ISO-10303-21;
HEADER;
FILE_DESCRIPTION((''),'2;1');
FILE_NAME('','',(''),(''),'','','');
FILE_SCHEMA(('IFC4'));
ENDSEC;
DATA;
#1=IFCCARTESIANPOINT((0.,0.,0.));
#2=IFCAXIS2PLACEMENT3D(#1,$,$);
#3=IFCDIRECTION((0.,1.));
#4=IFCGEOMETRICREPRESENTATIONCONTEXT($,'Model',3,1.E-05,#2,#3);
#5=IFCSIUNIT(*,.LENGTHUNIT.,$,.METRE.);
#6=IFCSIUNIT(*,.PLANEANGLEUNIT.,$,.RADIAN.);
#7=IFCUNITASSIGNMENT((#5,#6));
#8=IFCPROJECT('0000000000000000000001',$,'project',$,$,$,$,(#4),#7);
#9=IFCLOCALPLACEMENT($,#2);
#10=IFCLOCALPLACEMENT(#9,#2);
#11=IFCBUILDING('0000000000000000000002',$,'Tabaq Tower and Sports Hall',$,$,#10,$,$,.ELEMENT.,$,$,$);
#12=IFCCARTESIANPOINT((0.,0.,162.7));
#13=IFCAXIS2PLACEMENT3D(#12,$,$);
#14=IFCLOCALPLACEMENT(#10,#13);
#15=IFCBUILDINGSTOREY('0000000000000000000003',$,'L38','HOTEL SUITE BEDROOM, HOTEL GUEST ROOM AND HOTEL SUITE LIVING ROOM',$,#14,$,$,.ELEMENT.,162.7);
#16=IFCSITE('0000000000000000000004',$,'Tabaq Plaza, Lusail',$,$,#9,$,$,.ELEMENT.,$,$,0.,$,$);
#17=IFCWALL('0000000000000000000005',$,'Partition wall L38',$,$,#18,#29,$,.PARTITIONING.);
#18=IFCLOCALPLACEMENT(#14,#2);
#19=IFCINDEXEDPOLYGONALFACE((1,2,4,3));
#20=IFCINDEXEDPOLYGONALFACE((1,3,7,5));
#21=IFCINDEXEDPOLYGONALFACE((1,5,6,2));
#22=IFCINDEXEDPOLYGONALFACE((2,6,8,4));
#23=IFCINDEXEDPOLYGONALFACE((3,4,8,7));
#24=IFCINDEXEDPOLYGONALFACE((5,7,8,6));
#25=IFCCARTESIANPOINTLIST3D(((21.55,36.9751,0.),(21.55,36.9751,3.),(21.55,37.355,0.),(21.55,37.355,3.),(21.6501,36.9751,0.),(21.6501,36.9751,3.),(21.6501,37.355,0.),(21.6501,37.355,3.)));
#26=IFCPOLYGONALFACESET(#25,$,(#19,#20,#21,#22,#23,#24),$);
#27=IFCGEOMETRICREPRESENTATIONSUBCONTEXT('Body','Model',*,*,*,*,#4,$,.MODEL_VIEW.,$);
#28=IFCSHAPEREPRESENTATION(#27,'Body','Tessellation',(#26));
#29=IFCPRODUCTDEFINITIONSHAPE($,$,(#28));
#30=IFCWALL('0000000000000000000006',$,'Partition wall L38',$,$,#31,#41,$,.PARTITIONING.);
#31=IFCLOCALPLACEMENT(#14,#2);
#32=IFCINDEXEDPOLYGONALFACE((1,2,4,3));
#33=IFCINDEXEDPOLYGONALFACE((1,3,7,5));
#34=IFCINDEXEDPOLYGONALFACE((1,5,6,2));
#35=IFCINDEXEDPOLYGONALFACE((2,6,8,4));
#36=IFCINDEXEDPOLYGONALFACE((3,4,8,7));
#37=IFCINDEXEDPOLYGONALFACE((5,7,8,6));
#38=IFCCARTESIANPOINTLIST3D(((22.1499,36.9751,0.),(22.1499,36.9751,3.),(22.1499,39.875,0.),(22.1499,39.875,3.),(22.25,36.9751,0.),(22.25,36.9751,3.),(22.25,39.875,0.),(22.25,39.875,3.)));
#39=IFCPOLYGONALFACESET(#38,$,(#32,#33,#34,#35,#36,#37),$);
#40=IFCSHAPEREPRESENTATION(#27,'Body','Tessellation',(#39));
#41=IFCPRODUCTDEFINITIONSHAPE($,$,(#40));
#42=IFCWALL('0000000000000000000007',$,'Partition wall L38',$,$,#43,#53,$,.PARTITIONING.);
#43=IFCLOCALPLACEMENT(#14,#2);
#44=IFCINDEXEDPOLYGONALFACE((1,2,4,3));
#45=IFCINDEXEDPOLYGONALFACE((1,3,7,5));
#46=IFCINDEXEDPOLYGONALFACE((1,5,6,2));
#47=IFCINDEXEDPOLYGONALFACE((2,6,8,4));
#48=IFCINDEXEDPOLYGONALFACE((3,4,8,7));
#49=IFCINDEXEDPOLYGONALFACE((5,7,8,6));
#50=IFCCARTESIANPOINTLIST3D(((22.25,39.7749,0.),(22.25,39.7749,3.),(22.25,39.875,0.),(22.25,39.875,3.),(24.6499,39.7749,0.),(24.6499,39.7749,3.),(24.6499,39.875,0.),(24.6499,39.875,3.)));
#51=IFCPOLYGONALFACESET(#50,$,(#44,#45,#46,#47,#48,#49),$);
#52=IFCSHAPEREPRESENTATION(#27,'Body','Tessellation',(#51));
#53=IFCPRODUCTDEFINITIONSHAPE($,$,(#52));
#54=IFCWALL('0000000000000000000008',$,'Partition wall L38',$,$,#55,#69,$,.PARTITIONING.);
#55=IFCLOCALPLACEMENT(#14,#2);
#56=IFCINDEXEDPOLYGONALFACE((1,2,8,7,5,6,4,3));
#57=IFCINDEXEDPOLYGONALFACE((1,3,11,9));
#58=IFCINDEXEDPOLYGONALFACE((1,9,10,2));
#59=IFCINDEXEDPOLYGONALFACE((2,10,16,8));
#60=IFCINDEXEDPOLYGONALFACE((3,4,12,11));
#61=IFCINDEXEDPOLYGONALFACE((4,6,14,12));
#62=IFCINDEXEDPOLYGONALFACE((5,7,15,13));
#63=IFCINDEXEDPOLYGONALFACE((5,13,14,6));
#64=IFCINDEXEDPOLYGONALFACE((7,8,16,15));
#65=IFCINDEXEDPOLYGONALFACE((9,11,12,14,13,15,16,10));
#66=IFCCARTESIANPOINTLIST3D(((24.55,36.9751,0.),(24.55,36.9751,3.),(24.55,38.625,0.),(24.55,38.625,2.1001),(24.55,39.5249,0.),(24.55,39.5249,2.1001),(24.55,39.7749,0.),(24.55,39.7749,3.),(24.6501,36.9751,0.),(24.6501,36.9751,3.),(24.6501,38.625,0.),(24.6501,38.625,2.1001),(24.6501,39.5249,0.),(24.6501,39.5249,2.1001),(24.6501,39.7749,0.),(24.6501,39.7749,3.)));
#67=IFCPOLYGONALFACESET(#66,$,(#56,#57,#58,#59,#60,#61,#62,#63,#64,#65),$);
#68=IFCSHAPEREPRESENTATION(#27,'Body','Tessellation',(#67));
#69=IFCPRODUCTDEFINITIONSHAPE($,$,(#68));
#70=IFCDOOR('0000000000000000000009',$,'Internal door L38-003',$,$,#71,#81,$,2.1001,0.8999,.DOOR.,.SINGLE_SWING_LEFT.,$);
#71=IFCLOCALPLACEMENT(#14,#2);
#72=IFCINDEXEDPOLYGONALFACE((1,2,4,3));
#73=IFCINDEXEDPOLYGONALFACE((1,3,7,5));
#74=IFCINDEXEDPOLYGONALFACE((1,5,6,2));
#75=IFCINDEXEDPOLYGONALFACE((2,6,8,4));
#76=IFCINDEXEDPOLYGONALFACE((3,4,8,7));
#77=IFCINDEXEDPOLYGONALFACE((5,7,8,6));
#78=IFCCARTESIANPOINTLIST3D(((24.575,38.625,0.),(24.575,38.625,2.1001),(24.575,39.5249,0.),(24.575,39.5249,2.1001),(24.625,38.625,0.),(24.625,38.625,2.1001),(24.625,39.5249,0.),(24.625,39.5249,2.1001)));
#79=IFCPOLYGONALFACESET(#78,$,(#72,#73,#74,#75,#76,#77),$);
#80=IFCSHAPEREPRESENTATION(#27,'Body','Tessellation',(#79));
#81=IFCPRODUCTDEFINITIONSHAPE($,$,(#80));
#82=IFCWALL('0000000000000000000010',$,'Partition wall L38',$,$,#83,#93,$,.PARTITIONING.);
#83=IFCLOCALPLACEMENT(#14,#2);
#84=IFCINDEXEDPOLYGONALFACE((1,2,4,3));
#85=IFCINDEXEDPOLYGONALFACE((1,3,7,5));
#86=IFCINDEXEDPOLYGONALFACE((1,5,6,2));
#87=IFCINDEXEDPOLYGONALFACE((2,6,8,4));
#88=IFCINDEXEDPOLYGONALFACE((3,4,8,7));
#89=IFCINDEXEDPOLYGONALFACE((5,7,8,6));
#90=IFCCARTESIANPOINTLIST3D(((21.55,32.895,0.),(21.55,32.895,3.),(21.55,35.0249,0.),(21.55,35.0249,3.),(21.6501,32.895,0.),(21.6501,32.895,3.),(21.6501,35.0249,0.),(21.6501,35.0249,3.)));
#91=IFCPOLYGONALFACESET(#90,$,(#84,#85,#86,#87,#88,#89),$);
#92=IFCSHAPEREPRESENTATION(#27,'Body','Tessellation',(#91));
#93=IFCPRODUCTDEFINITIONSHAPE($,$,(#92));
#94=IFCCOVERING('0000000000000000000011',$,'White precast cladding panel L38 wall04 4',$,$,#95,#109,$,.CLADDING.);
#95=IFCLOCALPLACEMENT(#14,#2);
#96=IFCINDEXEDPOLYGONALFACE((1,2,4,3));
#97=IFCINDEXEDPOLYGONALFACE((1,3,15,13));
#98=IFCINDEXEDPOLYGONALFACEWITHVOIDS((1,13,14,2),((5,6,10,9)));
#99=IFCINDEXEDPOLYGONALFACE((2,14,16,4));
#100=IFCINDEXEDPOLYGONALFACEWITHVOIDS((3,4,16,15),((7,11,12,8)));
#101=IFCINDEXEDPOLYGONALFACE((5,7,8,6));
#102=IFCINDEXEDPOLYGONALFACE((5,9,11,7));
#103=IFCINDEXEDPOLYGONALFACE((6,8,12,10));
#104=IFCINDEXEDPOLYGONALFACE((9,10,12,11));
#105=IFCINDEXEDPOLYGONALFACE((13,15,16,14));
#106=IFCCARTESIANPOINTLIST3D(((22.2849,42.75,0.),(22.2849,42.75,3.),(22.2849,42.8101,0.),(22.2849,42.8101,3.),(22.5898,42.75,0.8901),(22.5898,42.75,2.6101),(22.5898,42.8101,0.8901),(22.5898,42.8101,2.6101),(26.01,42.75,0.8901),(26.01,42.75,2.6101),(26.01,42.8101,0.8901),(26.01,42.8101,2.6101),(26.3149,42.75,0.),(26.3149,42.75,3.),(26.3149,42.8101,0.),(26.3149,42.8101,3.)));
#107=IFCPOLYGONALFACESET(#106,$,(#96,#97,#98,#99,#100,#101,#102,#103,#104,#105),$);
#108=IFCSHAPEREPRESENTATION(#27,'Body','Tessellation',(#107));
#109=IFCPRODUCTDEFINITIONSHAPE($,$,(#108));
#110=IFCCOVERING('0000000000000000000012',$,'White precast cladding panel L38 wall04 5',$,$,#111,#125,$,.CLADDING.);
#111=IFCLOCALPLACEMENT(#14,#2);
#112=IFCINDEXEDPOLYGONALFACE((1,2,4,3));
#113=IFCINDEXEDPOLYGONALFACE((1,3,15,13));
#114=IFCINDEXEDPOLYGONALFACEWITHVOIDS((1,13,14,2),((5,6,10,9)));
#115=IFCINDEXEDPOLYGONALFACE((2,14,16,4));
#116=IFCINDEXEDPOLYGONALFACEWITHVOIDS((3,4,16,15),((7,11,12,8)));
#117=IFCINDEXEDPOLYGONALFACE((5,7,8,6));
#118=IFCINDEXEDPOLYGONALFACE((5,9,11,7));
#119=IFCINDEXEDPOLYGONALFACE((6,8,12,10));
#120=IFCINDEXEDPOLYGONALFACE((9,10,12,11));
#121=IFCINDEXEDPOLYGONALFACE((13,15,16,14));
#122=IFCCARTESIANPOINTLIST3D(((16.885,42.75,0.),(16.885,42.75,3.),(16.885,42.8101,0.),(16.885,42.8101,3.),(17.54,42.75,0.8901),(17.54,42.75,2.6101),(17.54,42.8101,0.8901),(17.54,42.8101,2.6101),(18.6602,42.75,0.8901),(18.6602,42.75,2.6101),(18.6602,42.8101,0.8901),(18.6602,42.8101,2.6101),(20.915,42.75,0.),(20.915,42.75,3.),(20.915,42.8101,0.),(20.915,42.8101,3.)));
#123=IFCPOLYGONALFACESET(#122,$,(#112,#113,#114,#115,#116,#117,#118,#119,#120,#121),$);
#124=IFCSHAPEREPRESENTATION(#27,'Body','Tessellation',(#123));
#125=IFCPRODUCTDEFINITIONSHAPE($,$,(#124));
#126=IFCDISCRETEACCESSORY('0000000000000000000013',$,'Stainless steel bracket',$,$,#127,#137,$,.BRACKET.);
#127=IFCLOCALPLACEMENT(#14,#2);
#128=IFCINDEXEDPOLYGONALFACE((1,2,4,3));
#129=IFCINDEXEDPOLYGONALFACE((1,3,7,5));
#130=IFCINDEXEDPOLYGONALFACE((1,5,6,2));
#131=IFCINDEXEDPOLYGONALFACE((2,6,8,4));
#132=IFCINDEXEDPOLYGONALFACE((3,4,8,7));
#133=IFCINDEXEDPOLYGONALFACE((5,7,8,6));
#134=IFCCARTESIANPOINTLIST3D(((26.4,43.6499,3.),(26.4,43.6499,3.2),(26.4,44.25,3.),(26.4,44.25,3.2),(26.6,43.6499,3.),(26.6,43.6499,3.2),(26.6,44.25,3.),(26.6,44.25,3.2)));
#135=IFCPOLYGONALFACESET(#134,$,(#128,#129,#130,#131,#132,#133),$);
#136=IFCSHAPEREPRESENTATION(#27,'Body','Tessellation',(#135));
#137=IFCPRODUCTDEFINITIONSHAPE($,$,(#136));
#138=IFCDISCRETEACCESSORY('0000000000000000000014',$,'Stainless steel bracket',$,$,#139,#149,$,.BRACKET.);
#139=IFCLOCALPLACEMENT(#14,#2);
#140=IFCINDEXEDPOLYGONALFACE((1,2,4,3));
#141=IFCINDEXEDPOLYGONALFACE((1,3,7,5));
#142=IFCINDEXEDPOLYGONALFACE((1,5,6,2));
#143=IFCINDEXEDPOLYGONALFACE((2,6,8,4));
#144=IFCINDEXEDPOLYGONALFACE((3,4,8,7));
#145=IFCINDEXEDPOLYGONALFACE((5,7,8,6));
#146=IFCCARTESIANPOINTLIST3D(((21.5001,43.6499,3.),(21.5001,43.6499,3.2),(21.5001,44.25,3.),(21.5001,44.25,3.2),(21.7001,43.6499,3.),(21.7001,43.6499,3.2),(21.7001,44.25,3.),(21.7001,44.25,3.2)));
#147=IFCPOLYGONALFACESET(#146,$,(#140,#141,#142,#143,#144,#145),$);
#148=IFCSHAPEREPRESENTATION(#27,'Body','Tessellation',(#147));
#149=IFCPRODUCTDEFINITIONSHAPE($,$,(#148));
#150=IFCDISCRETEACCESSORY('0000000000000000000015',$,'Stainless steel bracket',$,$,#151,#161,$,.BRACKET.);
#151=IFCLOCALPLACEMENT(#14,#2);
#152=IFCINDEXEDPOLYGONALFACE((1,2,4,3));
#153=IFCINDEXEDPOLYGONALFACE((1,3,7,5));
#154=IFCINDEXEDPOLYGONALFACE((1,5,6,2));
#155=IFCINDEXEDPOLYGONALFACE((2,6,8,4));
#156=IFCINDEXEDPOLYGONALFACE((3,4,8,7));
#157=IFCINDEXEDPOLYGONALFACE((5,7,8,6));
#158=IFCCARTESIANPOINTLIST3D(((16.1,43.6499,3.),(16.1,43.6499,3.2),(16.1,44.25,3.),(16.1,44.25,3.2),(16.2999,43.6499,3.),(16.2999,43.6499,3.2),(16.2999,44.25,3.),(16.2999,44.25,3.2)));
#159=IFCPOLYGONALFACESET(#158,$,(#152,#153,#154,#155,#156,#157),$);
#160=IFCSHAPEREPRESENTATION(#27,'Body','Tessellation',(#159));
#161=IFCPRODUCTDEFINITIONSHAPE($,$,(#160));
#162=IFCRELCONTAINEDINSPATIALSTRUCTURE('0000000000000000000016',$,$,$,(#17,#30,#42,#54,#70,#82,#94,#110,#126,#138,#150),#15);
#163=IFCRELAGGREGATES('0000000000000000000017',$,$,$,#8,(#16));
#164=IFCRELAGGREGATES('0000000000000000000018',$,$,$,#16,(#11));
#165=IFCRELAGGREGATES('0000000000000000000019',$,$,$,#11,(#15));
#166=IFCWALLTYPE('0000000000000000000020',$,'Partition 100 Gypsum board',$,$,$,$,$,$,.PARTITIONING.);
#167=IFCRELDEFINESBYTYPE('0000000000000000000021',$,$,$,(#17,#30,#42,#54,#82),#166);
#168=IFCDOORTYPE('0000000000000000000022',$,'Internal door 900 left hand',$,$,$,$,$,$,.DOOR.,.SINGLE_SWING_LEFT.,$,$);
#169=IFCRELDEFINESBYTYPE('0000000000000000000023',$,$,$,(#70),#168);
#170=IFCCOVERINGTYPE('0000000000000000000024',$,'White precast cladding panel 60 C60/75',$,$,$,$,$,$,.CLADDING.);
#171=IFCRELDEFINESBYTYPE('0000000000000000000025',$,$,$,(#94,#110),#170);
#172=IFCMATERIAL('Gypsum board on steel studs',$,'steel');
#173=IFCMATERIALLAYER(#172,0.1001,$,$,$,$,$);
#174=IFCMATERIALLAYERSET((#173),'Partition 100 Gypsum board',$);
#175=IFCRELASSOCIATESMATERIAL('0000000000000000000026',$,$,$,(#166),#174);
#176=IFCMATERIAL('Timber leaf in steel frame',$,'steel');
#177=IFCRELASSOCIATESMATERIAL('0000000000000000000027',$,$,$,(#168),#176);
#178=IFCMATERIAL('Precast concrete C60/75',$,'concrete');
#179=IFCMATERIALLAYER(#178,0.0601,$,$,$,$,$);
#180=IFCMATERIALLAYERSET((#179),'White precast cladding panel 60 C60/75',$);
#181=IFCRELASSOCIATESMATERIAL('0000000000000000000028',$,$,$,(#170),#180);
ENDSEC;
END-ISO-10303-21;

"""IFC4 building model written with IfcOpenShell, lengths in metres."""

from ifc_helpers import new_model, si_unit, direction, frame, frame_2d, origin, origin_2d, place, context, subcontext, project, spatial, polyline, rectangle, outline, extrude, material, layer, layer_set, type_object, element, fill, save


model = new_model("IFC4")

# Units and contexts
model_context = context("Model", 3, precision=1e-05, world=origin(), true_north=direction((0.0, 1.0)))
body_context = subcontext(model_context, "Body", "Model", "MODEL_VIEW")
ifc_project = project(units=[si_unit("LENGTHUNIT", "METRE"), si_unit("PLANEANGLEUNIT", "RADIAN")], contexts=[model_context])

# Site, building, storey
site_placement = place(None, origin())
site = spatial("IfcSite", under=ifc_project, at=site_placement, Name="Tabaq Plaza, Lusail", CompositionType="ELEMENT", RefElevation=0.0)
building_placement = place(site_placement, origin())
building = spatial("IfcBuilding", under=site, at=building_placement, Name="Tabaq Tower and Sports Hall", CompositionType="ELEMENT")
storey_placement = place(building_placement, frame((0.0, 0.0, 162.7)))
storey = spatial("IfcBuildingStorey", under=building, at=storey_placement, Name="L38", Description="HOTEL SUITE BEDROOM, HOTEL GUEST ROOM AND HOTEL SUITE LIVING ROOM", CompositionType="ELEMENT", Elevation=162.7)

# Shared definitions
ifc_material_1 = material(Name="Gypsum board on steel studs", Category="steel")
ifc_layer_1 = layer(ifc_material_1, 0.1001)
ifc_layer_set_1 = layer_set([ifc_layer_1], Name="Partition 100 Gypsum board")
wall_type = type_object("IfcWallType", Name="Partition 100 Gypsum board", PredefinedType="PARTITIONING", material=ifc_layer_set_1)

# Walls
wall_1_placement = place(storey_placement, frame((21.6001, 37.355, 0.0), z_axis=(0.0, 0.0, 1.0), x_axis=(0.0, -1.0, 0.0)))
element("IfcWall", 1, at=wall_1_placement, inside=storey, type_object=wall_type, Name="Partition wall L38", PredefinedType="PARTITIONING", context=body_context, shape_type="SweptSolid", body=[
    extrude(rectangle(XDim=0.3799, YDim=0.1001, at=frame_2d((0.1899, 0.0))), origin(), (0.0, 0.0, 1.0), 3.0),
])
wall_2_placement = place(storey_placement, frame((22.2, 36.9751, 0.0), z_axis=(0.0, 0.0, 1.0), x_axis=(0.0, 1.0, 0.0)))
element("IfcWall", 2, at=wall_2_placement, inside=storey, type_object=wall_type, Name="Partition wall L38", PredefinedType="PARTITIONING", context=body_context, shape_type="SweptSolid", body=[
    extrude(rectangle(XDim=2.8999, YDim=0.1001, at=frame_2d((1.45, 0.0))), origin(), (0.0, 0.0, 1.0), 3.0),
])
wall_3_placement = place(storey_placement, frame((22.25, 39.825, 0.0), z_axis=(0.0, 0.0, 1.0), x_axis=(1.0, 0.0, 0.0)))
element("IfcWall", 3, at=wall_3_placement, inside=storey, type_object=wall_type, Name="Partition wall L38", PredefinedType="PARTITIONING", context=body_context, shape_type="SweptSolid", body=[
    extrude(rectangle(XDim=2.3999, YDim=0.1001, at=frame_2d((1.2, 0.0))), origin(), (0.0, 0.0, 1.0), 3.0),
])

# Wall, opening, door
wall_4_placement = place(storey_placement, frame((24.6001, 39.7749, 0.0), z_axis=(0.0, 0.0, 1.0), x_axis=(0.0, -1.0, 0.0)))
wall_4 = element("IfcWall", 4, at=wall_4_placement, inside=storey, type_object=wall_type, Name="Partition wall L38", PredefinedType="PARTITIONING", context=body_context, shape_type="SweptSolid", body=[
    extrude(rectangle(XDim=2.7998, YDim=0.1001, at=frame_2d((1.3999, 0.0))), origin(), (0.0, 0.0, 1.0), 3.0),
])
opening_1_placement = place(wall_4_placement, frame((0.25, 0.0, 0.0)))
opening_1 = element("IfcOpeningElement", 5, at=opening_1_placement, cuts=wall_4, PredefinedType="OPENING", context=body_context, shape_type="SweptSolid", body=[
    extrude(rectangle(XDim=0.8999, YDim=2.1001, at=frame_2d((0.45, 1.05))), frame((0.0, 0.05, 0.0), z_axis=(0.0, -1.0, 0.0), x_axis=(1.0, 0.0, 0.0)), (0.0, 0.0, 1.0), 0.1001),
])
ifc_material_2 = material(Name="Timber leaf in steel frame", Category="steel")
door_type_1 = type_object("IfcDoorType", Name="Internal door 900 left hand", OperationType="SINGLE_SWING_LEFT", PredefinedType="DOOR", material=ifc_material_2)
door_1_placement = place(opening_1_placement, origin())
door_1 = element("IfcDoor", 6, at=door_1_placement, inside=storey, type_object=door_type_1, Name="Internal door L38-003", OperationType="SINGLE_SWING_LEFT", OverallHeight=2.1001, OverallWidth=0.8999, PredefinedType="DOOR", context=body_context, shape_type="SweptSolid", body=[
    extrude(rectangle(XDim=0.8999, YDim=2.1001, at=frame_2d((0.45, 1.05))), frame((0.0, 0.0249, 0.0), z_axis=(0.0, -1.0, 0.0), x_axis=(1.0, 0.0, 0.0)), (0.0, 0.0, 1.0), 0.05),
])
fill(opening_1, door_1)

# Wall
wall_5_placement = place(storey_placement, frame((21.6001, 35.0249, 0.0), z_axis=(0.0, 0.0, 1.0), x_axis=(0.0, -1.0, 0.0)))
element("IfcWall", 7, at=wall_5_placement, inside=storey, type_object=wall_type, Name="Partition wall L38", PredefinedType="PARTITIONING", context=body_context, shape_type="SweptSolid", body=[
    extrude(rectangle(XDim=2.1299, YDim=0.1001, at=frame_2d((1.0649, 0.0))), origin(), (0.0, 0.0, 1.0), 3.0),
])

# Coverings
ifc_material_3 = material(Name="Precast concrete C60/75", Category="concrete")
ifc_layer_2 = layer(ifc_material_3, 0.0601)
ifc_layer_set_2 = layer_set([ifc_layer_2], Name="White precast cladding panel 60 C60/75")
covering_type = type_object("IfcCoveringType", Name="White precast cladding panel 60 C60/75", PredefinedType="CLADDING", material=ifc_layer_set_2)
covering_1_placement = place(storey_placement, frame((26.3149, 42.78, 0.0), z_axis=(0.0, 0.0, 1.0), x_axis=(-1.0, 0.0, 0.0)))
element("IfcCovering", 8, at=covering_1_placement, inside=storey, type_object=covering_type, Name="White precast cladding panel L38 wall04 4", PredefinedType="CLADDING", context=body_context, shape_type="SweptSolid", body=[
    extrude(outline(polyline([(0.0, 0.0), (4.03, 0.0), (4.03, 3.0), (0.0, 3.0), (0.0, 0.0)]), holes=[polyline([(0.3049, 0.8901), (0.3049, 2.6101), (3.7251, 2.6101), (3.7251, 0.8901), (0.3049, 0.8901)])]), frame((0.0, 0.03, 0.0), z_axis=(0.0, -1.0, 0.0), x_axis=(1.0, 0.0, 0.0)), (0.0, 0.0, 1.0), 0.0601),
])
covering_2_placement = place(storey_placement, frame((20.915, 42.78, 0.0), z_axis=(0.0, 0.0, 1.0), x_axis=(-1.0, 0.0, 0.0)))
element("IfcCovering", 9, at=covering_2_placement, inside=storey, type_object=covering_type, Name="White precast cladding panel L38 wall04 5", PredefinedType="CLADDING", context=body_context, shape_type="SweptSolid", body=[
    extrude(outline(polyline([(0.0, 0.0), (4.03, 0.0), (4.03, 3.0), (0.0, 3.0), (0.0, 0.0)]), holes=[polyline([(2.2549, 0.8901), (2.2549, 2.6101), (3.375, 2.6101), (3.375, 0.8901), (2.2549, 0.8901)])]), frame((0.0, 0.03, 0.0), z_axis=(0.0, -1.0, 0.0), x_axis=(1.0, 0.0, 0.0)), (0.0, 0.0, 1.0), 0.0601),
])

# Discrete accessories
for number, where, z_axis, x_axis, name in (
    (10, (26.5, 43.95, 3.0), (0.0, 0.0, 1.0), (0.0, 1.0, 0.0), "Stainless steel bracket"),
    (11, (21.6001, 43.95, 3.0), (0.0, 0.0, 1.0), (0.0, 1.0, 0.0), "Stainless steel bracket"),
    (12, (16.2, 43.95, 3.0), (0.0, 0.0, 1.0), (0.0, 1.0, 0.0), "Stainless steel bracket"),
):
    element("IfcDiscreteAccessory", number, at=place(storey_placement, frame(where, z_axis=z_axis, x_axis=x_axis)), inside=storey, Name=name, PredefinedType="BRACKET", context=body_context, shape_type="SweptSolid", body=[
        extrude(rectangle(XDim=0.6001, YDim=0.2, at=origin_2d()), origin(), (0.0, 0.0, 1.0), 0.2),
    ])

save(model, "model.ifc")
